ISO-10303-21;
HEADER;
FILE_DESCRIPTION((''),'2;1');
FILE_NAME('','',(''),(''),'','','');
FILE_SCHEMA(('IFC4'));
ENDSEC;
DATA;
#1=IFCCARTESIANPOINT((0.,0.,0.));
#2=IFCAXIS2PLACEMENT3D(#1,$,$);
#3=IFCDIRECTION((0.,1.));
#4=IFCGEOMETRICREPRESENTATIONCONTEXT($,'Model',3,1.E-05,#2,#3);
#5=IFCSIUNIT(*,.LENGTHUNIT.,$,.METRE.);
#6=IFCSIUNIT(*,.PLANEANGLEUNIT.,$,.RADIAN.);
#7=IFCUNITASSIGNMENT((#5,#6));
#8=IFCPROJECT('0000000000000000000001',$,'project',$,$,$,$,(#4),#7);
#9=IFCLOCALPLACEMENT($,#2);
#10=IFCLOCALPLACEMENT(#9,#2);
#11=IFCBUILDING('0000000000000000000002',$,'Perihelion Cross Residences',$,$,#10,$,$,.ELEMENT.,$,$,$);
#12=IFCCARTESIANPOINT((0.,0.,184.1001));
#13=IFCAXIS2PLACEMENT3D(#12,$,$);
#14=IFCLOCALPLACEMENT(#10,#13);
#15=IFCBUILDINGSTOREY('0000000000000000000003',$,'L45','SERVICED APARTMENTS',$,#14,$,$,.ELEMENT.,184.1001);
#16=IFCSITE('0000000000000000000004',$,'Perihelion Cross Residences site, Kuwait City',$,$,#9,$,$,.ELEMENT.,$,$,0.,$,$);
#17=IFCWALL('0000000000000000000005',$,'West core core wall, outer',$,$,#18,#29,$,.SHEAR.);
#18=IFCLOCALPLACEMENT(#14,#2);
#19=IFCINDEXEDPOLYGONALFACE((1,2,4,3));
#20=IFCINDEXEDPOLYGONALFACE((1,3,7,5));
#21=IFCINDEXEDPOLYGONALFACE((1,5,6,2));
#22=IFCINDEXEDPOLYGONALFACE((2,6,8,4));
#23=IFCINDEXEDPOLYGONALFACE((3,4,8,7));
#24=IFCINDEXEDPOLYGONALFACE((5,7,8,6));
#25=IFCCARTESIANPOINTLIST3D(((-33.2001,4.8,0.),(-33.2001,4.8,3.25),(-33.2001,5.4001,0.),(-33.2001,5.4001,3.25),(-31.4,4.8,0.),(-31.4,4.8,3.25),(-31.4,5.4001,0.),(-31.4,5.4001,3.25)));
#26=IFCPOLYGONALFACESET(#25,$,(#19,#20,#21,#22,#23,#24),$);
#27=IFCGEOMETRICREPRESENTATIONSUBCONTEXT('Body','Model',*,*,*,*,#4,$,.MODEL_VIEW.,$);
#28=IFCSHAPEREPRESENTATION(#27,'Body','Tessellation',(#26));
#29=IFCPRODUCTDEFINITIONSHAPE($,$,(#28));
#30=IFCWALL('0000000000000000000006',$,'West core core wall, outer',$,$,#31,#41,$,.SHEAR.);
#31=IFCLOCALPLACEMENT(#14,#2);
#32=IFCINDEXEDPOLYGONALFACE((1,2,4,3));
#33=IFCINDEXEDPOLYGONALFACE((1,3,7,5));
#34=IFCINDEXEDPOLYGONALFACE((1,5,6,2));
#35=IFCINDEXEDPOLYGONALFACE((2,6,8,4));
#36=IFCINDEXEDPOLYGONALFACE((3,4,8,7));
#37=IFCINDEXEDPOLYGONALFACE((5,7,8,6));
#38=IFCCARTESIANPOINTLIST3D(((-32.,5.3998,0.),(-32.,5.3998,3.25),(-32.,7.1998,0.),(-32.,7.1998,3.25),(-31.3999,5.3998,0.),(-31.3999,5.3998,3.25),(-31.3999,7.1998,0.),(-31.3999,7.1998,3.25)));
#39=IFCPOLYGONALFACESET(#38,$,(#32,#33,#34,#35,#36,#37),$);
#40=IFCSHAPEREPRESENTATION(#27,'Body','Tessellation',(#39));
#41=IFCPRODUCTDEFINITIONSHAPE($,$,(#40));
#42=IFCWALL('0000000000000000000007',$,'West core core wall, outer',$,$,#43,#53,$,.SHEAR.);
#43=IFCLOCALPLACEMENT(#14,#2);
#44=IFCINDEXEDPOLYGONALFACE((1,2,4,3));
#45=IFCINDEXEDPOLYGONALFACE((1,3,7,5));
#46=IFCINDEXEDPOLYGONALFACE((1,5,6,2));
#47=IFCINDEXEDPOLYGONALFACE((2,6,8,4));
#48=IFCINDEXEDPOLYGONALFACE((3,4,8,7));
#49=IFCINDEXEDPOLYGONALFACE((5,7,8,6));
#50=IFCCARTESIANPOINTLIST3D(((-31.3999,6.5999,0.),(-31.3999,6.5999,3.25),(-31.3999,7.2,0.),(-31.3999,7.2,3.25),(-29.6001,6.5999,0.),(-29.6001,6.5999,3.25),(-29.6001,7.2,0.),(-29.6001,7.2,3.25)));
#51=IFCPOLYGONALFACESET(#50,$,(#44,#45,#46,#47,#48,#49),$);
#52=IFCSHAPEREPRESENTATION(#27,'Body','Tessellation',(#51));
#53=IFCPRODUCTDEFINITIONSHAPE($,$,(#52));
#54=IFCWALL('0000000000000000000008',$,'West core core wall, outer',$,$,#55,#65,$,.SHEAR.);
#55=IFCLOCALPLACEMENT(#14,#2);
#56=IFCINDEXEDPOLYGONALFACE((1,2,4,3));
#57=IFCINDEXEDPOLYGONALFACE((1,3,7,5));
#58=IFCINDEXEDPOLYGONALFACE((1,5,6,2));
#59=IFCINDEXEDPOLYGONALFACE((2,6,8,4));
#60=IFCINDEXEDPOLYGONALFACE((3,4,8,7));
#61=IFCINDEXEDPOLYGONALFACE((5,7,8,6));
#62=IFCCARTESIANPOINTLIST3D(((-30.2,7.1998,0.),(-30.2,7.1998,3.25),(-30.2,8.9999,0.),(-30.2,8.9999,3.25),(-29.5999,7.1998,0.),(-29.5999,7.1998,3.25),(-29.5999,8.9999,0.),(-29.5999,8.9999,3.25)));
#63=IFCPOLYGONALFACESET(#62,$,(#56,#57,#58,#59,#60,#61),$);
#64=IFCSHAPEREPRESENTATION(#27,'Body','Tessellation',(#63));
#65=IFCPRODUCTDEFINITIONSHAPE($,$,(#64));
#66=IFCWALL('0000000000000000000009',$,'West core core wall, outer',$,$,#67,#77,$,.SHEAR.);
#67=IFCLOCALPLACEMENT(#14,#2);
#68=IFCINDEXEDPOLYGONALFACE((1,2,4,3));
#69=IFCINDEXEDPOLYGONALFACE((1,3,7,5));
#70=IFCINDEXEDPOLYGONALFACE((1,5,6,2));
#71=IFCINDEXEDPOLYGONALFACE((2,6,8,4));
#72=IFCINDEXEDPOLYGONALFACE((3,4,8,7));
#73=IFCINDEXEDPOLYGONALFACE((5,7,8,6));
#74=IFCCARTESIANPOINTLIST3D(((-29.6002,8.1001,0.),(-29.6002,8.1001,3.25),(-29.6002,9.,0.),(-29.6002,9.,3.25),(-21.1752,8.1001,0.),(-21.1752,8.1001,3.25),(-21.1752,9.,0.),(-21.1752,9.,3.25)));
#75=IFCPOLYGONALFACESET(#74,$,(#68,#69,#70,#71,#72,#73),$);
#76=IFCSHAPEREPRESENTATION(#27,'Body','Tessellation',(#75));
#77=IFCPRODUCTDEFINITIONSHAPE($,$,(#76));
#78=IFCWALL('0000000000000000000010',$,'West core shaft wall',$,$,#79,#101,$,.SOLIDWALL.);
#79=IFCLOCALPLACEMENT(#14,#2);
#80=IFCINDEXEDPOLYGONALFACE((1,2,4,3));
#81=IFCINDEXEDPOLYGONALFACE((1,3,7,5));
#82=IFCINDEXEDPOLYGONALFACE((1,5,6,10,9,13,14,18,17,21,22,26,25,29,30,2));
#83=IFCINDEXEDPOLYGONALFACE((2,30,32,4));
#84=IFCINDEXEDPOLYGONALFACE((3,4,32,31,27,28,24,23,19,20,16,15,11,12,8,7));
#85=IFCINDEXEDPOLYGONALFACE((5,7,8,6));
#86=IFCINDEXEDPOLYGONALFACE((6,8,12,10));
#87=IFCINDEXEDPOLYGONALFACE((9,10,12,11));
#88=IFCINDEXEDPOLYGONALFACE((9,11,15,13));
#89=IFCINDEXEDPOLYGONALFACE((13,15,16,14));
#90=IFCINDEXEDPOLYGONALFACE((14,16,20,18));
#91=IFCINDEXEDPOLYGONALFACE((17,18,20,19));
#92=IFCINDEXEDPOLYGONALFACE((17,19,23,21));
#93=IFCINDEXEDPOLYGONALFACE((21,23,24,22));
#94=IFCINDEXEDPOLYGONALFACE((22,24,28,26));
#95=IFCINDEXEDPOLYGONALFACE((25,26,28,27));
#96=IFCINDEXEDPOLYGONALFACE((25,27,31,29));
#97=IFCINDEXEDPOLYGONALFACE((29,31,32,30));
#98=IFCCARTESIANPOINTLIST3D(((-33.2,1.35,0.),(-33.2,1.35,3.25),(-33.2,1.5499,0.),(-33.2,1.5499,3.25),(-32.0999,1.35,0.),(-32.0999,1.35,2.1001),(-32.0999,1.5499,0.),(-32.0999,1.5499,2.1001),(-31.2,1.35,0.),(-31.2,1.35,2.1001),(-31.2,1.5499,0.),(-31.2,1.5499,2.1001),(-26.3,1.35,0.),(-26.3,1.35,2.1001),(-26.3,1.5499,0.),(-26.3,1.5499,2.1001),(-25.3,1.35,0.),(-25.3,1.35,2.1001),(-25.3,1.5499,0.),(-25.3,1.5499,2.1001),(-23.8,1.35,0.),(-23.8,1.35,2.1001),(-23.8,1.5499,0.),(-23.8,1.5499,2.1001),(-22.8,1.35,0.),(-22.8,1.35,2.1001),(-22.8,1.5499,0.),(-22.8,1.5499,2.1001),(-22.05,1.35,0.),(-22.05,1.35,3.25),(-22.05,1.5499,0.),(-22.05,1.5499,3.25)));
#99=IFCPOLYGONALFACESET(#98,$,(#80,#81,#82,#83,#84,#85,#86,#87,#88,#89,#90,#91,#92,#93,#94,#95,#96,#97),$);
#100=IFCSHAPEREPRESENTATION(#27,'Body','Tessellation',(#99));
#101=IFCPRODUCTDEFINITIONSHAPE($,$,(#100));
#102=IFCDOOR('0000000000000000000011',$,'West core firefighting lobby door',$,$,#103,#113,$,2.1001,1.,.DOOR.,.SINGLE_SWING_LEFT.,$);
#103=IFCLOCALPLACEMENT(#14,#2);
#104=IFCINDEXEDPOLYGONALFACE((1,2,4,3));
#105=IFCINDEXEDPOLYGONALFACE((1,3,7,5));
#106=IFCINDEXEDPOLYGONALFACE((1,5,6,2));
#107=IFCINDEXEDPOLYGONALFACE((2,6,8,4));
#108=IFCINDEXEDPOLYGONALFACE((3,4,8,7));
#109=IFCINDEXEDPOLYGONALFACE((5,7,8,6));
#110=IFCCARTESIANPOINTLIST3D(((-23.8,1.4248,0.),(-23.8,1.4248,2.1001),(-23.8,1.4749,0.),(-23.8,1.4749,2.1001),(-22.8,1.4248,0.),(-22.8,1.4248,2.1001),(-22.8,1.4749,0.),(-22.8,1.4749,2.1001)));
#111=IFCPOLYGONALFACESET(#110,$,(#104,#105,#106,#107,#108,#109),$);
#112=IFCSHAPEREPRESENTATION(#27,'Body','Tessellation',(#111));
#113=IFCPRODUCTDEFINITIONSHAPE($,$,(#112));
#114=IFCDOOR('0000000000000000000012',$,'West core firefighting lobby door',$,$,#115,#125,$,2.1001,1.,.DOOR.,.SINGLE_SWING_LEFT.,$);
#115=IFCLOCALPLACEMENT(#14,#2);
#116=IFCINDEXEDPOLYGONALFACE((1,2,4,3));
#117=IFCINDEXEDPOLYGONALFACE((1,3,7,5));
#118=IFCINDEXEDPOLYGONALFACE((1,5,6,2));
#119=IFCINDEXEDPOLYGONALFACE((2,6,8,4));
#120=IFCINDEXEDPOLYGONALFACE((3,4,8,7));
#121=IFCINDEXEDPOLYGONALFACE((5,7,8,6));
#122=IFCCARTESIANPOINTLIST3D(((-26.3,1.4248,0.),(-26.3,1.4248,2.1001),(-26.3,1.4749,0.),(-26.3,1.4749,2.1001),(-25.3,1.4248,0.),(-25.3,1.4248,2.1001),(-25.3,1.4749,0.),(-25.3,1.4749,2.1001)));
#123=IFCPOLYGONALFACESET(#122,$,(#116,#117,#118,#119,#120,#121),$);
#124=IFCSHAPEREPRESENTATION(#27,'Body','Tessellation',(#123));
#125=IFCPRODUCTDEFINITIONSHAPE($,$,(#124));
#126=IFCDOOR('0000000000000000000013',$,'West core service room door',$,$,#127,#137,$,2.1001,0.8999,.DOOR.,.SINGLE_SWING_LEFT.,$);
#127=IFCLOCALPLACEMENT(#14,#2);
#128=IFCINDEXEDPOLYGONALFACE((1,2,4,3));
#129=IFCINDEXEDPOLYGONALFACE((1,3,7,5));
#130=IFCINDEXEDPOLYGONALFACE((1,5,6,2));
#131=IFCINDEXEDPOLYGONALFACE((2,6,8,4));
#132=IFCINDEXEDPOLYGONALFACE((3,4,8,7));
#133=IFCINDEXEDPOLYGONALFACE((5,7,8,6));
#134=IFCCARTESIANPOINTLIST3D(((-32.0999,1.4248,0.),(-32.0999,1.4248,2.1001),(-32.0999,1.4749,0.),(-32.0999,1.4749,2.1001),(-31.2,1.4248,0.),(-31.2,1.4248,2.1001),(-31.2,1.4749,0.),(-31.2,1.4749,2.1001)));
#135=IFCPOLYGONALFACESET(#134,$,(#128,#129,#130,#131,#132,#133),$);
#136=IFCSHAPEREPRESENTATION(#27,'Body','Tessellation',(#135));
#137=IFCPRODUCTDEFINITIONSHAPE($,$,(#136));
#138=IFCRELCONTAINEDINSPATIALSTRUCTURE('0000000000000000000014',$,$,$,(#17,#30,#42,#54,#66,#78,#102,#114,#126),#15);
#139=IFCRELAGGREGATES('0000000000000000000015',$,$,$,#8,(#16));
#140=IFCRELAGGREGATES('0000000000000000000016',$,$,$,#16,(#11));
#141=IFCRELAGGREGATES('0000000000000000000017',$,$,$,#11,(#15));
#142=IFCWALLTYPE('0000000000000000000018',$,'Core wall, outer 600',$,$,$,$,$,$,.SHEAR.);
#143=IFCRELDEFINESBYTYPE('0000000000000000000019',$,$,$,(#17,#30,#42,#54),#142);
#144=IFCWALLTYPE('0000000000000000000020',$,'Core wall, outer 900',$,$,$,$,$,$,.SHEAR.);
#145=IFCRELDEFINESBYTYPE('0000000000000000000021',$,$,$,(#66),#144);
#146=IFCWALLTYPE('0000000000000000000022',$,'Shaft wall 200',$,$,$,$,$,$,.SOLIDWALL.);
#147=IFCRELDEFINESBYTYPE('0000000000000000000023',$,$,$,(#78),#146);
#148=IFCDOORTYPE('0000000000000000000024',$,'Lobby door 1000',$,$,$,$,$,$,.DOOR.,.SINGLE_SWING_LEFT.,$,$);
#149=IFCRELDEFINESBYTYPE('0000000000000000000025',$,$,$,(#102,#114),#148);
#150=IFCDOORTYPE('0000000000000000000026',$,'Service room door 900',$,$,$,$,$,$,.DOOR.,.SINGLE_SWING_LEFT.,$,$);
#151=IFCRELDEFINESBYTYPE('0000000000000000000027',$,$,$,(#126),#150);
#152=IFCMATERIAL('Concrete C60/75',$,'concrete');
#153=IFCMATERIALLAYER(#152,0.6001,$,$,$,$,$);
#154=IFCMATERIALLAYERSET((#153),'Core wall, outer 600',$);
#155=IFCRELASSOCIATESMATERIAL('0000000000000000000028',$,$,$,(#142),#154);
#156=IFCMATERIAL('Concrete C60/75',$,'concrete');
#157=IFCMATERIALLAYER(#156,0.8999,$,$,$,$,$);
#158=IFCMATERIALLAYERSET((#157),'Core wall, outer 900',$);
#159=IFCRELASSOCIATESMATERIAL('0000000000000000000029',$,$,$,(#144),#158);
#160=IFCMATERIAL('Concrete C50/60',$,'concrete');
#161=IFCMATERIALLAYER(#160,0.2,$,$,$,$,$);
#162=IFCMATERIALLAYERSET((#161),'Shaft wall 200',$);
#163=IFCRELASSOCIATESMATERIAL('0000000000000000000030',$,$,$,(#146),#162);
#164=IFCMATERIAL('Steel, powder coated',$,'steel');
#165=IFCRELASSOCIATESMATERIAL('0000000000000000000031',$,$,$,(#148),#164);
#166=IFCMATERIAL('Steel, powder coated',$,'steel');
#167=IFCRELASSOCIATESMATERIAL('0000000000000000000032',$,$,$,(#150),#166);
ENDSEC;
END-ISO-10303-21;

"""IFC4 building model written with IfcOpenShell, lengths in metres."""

from ifc_helpers import new_model, si_unit, direction, frame, frame_2d, origin, place, context, subcontext, project, spatial, rectangle, extrude, material, layer, layer_set, type_object, element, fill, save


model = new_model("IFC4")

# Units and contexts
model_context = context("Model", 3, precision=1e-05, world=origin(), true_north=direction((0.0, 1.0)))
body_context = subcontext(model_context, "Body", "Model", "MODEL_VIEW")
ifc_project = project(units=[si_unit("LENGTHUNIT", "METRE"), si_unit("PLANEANGLEUNIT", "RADIAN")], contexts=[model_context])

# Site, building, storey
site_placement = place(None, origin())
site = spatial("IfcSite", under=ifc_project, at=site_placement, Name="Perihelion Cross Residences site, Kuwait City", CompositionType="ELEMENT", RefElevation=0.0)
building_placement = place(site_placement, origin())
building = spatial("IfcBuilding", under=site, at=building_placement, Name="Perihelion Cross Residences", CompositionType="ELEMENT")
storey_placement = place(building_placement, frame((0.0, 0.0, 184.1001)))
storey = spatial("IfcBuildingStorey", under=building, at=storey_placement, Name="L45", Description="SERVICED APARTMENTS", CompositionType="ELEMENT", Elevation=184.1001)

# Walls
ifc_material_1 = material(Name="Concrete C60/75", Category="concrete")
ifc_layer_1 = layer(ifc_material_1, 0.6001)
ifc_layer_set_1 = layer_set([ifc_layer_1], Name="Core wall, outer 600")
wall_type_1 = type_object("IfcWallType", Name="Core wall, outer 600", PredefinedType="SHEAR", material=ifc_layer_set_1)
for number, where, z_axis, x_axis, name in (
    (1, (-33.2, 5.1001, 0.0), (0.0, 0.0, 1.0), (1.0, 0.0, 0.0), "West core core wall, outer"),
    (2, (-31.7, 5.3999, 0.0), (0.0, 0.0, 1.0), (0.0, 1.0, 0.0), "West core core wall, outer"),
):
    element("IfcWall", number, at=place(storey_placement, frame(where, z_axis=z_axis, x_axis=x_axis)), inside=storey, type_object=wall_type_1, Name=name, PredefinedType="SHEAR", context=body_context, shape_type="SweptSolid", body=[
        extrude(rectangle(XDim=1.8, YDim=0.6001, at=frame_2d((0.8999, 0.0))), origin(), (0.0, 0.0, 1.0), 3.25),
    ])
wall_1_placement = place(storey_placement, frame((-31.3999, 6.8999, 0.0), z_axis=(0.0, 0.0, 1.0), x_axis=(1.0, 0.0, 0.0)))
element("IfcWall", 3, at=wall_1_placement, inside=storey, type_object=wall_type_1, Name="West core core wall, outer", PredefinedType="SHEAR", context=body_context, shape_type="SweptSolid", body=[
    extrude(rectangle(XDim=1.7998, YDim=0.6001, at=frame_2d((0.8999, 0.0))), origin(), (0.0, 0.0, 1.0), 3.25),
])
wall_2_placement = place(storey_placement, frame((-29.8999, 7.2, 0.0), z_axis=(0.0, 0.0, 1.0), x_axis=(0.0, 1.0, 0.0)))
element("IfcWall", 4, at=wall_2_placement, inside=storey, type_object=wall_type_1, Name="West core core wall, outer", PredefinedType="SHEAR", context=body_context, shape_type="SweptSolid", body=[
    extrude(rectangle(XDim=1.8, YDim=0.6001, at=frame_2d((0.8999, 0.0))), origin(), (0.0, 0.0, 1.0), 3.25),
])
ifc_material_2 = material(Name="Concrete C60/75", Category="concrete")
ifc_layer_2 = layer(ifc_material_2, 0.8999)
ifc_layer_set_2 = layer_set([ifc_layer_2], Name="Core wall, outer 900")
wall_type_2 = type_object("IfcWallType", Name="Core wall, outer 900", PredefinedType="SHEAR", material=ifc_layer_set_2)
wall_3_placement = place(storey_placement, frame((-29.6001, 8.55, 0.0), z_axis=(0.0, 0.0, 1.0), x_axis=(1.0, 0.0, 0.0)))
element("IfcWall", 5, at=wall_3_placement, inside=storey, type_object=wall_type_2, Name="West core core wall, outer", PredefinedType="SHEAR", context=body_context, shape_type="SweptSolid", body=[
    extrude(rectangle(XDim=8.425, YDim=0.8999, at=frame_2d((4.2124, 0.0))), origin(), (0.0, 0.0, 1.0), 3.25),
])

# Wall, openings, doors
ifc_material_3 = material(Name="Concrete C50/60", Category="concrete")
ifc_layer_3 = layer(ifc_material_3, 0.2)
ifc_layer_set_3 = layer_set([ifc_layer_3], Name="Shaft wall 200")
wall_type_3 = type_object("IfcWallType", Name="Shaft wall 200", PredefinedType="SOLIDWALL", material=ifc_layer_set_3)
wall_4_placement = place(storey_placement, frame((-33.2, 1.45, 0.0), z_axis=(0.0, 0.0, 1.0), x_axis=(1.0, 0.0, 0.0)))
wall_4 = element("IfcWall", 6, at=wall_4_placement, inside=storey, type_object=wall_type_3, Name="West core shaft wall", PredefinedType="SOLIDWALL", context=body_context, shape_type="SweptSolid", body=[
    extrude(rectangle(XDim=11.1499, YDim=0.2, at=frame_2d((5.575, 0.0))), origin(), (0.0, 0.0, 1.0), 3.25),
])
opening_1_placement = place(wall_4_placement, frame((9.3999, 0.0, 0.0)))
opening_1 = element("IfcOpeningElement", 7, at=opening_1_placement, cuts=wall_4, PredefinedType="OPENING", context=body_context, shape_type="SweptSolid", body=[
    extrude(rectangle(XDim=1.0, YDim=2.1001, at=frame_2d((0.5, 1.05))), frame((0.0, 0.1099, 0.0), z_axis=(0.0, -1.0, 0.0), x_axis=(1.0, 0.0, 0.0)), (0.0, 0.0, 1.0), 0.22),
])
opening_2_placement = place(wall_4_placement, frame((6.8999, 0.0, 0.0)))
opening_2 = element("IfcOpeningElement", 8, at=opening_2_placement, cuts=wall_4, PredefinedType="OPENING", context=body_context, shape_type="SweptSolid", body=[
    extrude(rectangle(XDim=1.0, YDim=2.1001, at=frame_2d((0.5, 1.05))), frame((0.0, 0.1099, 0.0), z_axis=(0.0, -1.0, 0.0), x_axis=(1.0, 0.0, 0.0)), (0.0, 0.0, 1.0), 0.22),
])
opening_3_placement = place(wall_4_placement, frame((1.1001, 0.0, 0.0)))
opening_3 = element("IfcOpeningElement", 9, at=opening_3_placement, cuts=wall_4, PredefinedType="OPENING", context=body_context, shape_type="SweptSolid", body=[
    extrude(rectangle(XDim=0.8999, YDim=2.1001, at=frame_2d((0.45, 1.05))), frame((0.0, 0.1099, 0.0), z_axis=(0.0, -1.0, 0.0), x_axis=(1.0, 0.0, 0.0)), (0.0, 0.0, 1.0), 0.22),
])
ifc_material_4 = material(Name="Steel, powder coated", Category="steel")
door_type_1 = type_object("IfcDoorType", Name="Lobby door 1000", OperationType="SINGLE_SWING_LEFT", PredefinedType="DOOR", material=ifc_material_4)
door_1_placement = place(opening_1_placement, origin())
door_1 = element("IfcDoor", 10, at=door_1_placement, inside=storey, type_object=door_type_1, Name="West core firefighting lobby door", OperationType="SINGLE_SWING_LEFT", OverallHeight=2.1001, OverallWidth=1.0, PredefinedType="DOOR", context=body_context, shape_type="SweptSolid", body=[
    extrude(rectangle(XDim=1.0, YDim=2.1001, at=frame_2d((0.5, 1.05))), frame((0.0, 0.0249, 0.0), z_axis=(0.0, -1.0, 0.0), x_axis=(1.0, 0.0, 0.0)), (0.0, 0.0, 1.0), 0.05),
])
fill(opening_1, door_1)
door_2_placement = place(opening_2_placement, origin())
door_2 = element("IfcDoor", 11, at=door_2_placement, inside=storey, type_object=door_type_1, Name="West core firefighting lobby door", OperationType="SINGLE_SWING_LEFT", OverallHeight=2.1001, OverallWidth=1.0, PredefinedType="DOOR", context=body_context, shape_type="SweptSolid", body=[
    extrude(rectangle(XDim=1.0, YDim=2.1001, at=frame_2d((0.5, 1.05))), frame((0.0, 0.0249, 0.0), z_axis=(0.0, -1.0, 0.0), x_axis=(1.0, 0.0, 0.0)), (0.0, 0.0, 1.0), 0.05),
])
fill(opening_2, door_2)
ifc_material_5 = material(Name="Steel, powder coated", Category="steel")
door_type_2 = type_object("IfcDoorType", Name="Service room door 900", OperationType="SINGLE_SWING_LEFT", PredefinedType="DOOR", material=ifc_material_5)
door_3_placement = place(opening_3_placement, origin())
door_3 = element("IfcDoor", 12, at=door_3_placement, inside=storey, type_object=door_type_2, Name="West core service room door", OperationType="SINGLE_SWING_LEFT", OverallHeight=2.1001, OverallWidth=0.8999, PredefinedType="DOOR", context=body_context, shape_type="SweptSolid", body=[
    extrude(rectangle(XDim=0.8999, YDim=2.1001, at=frame_2d((0.45, 1.05))), frame((0.0, 0.0249, 0.0), z_axis=(0.0, -1.0, 0.0), x_axis=(1.0, 0.0, 0.0)), (0.0, 0.0, 1.0), 0.05),
])
fill(opening_3, door_3)

save(model, "model.ifc")
